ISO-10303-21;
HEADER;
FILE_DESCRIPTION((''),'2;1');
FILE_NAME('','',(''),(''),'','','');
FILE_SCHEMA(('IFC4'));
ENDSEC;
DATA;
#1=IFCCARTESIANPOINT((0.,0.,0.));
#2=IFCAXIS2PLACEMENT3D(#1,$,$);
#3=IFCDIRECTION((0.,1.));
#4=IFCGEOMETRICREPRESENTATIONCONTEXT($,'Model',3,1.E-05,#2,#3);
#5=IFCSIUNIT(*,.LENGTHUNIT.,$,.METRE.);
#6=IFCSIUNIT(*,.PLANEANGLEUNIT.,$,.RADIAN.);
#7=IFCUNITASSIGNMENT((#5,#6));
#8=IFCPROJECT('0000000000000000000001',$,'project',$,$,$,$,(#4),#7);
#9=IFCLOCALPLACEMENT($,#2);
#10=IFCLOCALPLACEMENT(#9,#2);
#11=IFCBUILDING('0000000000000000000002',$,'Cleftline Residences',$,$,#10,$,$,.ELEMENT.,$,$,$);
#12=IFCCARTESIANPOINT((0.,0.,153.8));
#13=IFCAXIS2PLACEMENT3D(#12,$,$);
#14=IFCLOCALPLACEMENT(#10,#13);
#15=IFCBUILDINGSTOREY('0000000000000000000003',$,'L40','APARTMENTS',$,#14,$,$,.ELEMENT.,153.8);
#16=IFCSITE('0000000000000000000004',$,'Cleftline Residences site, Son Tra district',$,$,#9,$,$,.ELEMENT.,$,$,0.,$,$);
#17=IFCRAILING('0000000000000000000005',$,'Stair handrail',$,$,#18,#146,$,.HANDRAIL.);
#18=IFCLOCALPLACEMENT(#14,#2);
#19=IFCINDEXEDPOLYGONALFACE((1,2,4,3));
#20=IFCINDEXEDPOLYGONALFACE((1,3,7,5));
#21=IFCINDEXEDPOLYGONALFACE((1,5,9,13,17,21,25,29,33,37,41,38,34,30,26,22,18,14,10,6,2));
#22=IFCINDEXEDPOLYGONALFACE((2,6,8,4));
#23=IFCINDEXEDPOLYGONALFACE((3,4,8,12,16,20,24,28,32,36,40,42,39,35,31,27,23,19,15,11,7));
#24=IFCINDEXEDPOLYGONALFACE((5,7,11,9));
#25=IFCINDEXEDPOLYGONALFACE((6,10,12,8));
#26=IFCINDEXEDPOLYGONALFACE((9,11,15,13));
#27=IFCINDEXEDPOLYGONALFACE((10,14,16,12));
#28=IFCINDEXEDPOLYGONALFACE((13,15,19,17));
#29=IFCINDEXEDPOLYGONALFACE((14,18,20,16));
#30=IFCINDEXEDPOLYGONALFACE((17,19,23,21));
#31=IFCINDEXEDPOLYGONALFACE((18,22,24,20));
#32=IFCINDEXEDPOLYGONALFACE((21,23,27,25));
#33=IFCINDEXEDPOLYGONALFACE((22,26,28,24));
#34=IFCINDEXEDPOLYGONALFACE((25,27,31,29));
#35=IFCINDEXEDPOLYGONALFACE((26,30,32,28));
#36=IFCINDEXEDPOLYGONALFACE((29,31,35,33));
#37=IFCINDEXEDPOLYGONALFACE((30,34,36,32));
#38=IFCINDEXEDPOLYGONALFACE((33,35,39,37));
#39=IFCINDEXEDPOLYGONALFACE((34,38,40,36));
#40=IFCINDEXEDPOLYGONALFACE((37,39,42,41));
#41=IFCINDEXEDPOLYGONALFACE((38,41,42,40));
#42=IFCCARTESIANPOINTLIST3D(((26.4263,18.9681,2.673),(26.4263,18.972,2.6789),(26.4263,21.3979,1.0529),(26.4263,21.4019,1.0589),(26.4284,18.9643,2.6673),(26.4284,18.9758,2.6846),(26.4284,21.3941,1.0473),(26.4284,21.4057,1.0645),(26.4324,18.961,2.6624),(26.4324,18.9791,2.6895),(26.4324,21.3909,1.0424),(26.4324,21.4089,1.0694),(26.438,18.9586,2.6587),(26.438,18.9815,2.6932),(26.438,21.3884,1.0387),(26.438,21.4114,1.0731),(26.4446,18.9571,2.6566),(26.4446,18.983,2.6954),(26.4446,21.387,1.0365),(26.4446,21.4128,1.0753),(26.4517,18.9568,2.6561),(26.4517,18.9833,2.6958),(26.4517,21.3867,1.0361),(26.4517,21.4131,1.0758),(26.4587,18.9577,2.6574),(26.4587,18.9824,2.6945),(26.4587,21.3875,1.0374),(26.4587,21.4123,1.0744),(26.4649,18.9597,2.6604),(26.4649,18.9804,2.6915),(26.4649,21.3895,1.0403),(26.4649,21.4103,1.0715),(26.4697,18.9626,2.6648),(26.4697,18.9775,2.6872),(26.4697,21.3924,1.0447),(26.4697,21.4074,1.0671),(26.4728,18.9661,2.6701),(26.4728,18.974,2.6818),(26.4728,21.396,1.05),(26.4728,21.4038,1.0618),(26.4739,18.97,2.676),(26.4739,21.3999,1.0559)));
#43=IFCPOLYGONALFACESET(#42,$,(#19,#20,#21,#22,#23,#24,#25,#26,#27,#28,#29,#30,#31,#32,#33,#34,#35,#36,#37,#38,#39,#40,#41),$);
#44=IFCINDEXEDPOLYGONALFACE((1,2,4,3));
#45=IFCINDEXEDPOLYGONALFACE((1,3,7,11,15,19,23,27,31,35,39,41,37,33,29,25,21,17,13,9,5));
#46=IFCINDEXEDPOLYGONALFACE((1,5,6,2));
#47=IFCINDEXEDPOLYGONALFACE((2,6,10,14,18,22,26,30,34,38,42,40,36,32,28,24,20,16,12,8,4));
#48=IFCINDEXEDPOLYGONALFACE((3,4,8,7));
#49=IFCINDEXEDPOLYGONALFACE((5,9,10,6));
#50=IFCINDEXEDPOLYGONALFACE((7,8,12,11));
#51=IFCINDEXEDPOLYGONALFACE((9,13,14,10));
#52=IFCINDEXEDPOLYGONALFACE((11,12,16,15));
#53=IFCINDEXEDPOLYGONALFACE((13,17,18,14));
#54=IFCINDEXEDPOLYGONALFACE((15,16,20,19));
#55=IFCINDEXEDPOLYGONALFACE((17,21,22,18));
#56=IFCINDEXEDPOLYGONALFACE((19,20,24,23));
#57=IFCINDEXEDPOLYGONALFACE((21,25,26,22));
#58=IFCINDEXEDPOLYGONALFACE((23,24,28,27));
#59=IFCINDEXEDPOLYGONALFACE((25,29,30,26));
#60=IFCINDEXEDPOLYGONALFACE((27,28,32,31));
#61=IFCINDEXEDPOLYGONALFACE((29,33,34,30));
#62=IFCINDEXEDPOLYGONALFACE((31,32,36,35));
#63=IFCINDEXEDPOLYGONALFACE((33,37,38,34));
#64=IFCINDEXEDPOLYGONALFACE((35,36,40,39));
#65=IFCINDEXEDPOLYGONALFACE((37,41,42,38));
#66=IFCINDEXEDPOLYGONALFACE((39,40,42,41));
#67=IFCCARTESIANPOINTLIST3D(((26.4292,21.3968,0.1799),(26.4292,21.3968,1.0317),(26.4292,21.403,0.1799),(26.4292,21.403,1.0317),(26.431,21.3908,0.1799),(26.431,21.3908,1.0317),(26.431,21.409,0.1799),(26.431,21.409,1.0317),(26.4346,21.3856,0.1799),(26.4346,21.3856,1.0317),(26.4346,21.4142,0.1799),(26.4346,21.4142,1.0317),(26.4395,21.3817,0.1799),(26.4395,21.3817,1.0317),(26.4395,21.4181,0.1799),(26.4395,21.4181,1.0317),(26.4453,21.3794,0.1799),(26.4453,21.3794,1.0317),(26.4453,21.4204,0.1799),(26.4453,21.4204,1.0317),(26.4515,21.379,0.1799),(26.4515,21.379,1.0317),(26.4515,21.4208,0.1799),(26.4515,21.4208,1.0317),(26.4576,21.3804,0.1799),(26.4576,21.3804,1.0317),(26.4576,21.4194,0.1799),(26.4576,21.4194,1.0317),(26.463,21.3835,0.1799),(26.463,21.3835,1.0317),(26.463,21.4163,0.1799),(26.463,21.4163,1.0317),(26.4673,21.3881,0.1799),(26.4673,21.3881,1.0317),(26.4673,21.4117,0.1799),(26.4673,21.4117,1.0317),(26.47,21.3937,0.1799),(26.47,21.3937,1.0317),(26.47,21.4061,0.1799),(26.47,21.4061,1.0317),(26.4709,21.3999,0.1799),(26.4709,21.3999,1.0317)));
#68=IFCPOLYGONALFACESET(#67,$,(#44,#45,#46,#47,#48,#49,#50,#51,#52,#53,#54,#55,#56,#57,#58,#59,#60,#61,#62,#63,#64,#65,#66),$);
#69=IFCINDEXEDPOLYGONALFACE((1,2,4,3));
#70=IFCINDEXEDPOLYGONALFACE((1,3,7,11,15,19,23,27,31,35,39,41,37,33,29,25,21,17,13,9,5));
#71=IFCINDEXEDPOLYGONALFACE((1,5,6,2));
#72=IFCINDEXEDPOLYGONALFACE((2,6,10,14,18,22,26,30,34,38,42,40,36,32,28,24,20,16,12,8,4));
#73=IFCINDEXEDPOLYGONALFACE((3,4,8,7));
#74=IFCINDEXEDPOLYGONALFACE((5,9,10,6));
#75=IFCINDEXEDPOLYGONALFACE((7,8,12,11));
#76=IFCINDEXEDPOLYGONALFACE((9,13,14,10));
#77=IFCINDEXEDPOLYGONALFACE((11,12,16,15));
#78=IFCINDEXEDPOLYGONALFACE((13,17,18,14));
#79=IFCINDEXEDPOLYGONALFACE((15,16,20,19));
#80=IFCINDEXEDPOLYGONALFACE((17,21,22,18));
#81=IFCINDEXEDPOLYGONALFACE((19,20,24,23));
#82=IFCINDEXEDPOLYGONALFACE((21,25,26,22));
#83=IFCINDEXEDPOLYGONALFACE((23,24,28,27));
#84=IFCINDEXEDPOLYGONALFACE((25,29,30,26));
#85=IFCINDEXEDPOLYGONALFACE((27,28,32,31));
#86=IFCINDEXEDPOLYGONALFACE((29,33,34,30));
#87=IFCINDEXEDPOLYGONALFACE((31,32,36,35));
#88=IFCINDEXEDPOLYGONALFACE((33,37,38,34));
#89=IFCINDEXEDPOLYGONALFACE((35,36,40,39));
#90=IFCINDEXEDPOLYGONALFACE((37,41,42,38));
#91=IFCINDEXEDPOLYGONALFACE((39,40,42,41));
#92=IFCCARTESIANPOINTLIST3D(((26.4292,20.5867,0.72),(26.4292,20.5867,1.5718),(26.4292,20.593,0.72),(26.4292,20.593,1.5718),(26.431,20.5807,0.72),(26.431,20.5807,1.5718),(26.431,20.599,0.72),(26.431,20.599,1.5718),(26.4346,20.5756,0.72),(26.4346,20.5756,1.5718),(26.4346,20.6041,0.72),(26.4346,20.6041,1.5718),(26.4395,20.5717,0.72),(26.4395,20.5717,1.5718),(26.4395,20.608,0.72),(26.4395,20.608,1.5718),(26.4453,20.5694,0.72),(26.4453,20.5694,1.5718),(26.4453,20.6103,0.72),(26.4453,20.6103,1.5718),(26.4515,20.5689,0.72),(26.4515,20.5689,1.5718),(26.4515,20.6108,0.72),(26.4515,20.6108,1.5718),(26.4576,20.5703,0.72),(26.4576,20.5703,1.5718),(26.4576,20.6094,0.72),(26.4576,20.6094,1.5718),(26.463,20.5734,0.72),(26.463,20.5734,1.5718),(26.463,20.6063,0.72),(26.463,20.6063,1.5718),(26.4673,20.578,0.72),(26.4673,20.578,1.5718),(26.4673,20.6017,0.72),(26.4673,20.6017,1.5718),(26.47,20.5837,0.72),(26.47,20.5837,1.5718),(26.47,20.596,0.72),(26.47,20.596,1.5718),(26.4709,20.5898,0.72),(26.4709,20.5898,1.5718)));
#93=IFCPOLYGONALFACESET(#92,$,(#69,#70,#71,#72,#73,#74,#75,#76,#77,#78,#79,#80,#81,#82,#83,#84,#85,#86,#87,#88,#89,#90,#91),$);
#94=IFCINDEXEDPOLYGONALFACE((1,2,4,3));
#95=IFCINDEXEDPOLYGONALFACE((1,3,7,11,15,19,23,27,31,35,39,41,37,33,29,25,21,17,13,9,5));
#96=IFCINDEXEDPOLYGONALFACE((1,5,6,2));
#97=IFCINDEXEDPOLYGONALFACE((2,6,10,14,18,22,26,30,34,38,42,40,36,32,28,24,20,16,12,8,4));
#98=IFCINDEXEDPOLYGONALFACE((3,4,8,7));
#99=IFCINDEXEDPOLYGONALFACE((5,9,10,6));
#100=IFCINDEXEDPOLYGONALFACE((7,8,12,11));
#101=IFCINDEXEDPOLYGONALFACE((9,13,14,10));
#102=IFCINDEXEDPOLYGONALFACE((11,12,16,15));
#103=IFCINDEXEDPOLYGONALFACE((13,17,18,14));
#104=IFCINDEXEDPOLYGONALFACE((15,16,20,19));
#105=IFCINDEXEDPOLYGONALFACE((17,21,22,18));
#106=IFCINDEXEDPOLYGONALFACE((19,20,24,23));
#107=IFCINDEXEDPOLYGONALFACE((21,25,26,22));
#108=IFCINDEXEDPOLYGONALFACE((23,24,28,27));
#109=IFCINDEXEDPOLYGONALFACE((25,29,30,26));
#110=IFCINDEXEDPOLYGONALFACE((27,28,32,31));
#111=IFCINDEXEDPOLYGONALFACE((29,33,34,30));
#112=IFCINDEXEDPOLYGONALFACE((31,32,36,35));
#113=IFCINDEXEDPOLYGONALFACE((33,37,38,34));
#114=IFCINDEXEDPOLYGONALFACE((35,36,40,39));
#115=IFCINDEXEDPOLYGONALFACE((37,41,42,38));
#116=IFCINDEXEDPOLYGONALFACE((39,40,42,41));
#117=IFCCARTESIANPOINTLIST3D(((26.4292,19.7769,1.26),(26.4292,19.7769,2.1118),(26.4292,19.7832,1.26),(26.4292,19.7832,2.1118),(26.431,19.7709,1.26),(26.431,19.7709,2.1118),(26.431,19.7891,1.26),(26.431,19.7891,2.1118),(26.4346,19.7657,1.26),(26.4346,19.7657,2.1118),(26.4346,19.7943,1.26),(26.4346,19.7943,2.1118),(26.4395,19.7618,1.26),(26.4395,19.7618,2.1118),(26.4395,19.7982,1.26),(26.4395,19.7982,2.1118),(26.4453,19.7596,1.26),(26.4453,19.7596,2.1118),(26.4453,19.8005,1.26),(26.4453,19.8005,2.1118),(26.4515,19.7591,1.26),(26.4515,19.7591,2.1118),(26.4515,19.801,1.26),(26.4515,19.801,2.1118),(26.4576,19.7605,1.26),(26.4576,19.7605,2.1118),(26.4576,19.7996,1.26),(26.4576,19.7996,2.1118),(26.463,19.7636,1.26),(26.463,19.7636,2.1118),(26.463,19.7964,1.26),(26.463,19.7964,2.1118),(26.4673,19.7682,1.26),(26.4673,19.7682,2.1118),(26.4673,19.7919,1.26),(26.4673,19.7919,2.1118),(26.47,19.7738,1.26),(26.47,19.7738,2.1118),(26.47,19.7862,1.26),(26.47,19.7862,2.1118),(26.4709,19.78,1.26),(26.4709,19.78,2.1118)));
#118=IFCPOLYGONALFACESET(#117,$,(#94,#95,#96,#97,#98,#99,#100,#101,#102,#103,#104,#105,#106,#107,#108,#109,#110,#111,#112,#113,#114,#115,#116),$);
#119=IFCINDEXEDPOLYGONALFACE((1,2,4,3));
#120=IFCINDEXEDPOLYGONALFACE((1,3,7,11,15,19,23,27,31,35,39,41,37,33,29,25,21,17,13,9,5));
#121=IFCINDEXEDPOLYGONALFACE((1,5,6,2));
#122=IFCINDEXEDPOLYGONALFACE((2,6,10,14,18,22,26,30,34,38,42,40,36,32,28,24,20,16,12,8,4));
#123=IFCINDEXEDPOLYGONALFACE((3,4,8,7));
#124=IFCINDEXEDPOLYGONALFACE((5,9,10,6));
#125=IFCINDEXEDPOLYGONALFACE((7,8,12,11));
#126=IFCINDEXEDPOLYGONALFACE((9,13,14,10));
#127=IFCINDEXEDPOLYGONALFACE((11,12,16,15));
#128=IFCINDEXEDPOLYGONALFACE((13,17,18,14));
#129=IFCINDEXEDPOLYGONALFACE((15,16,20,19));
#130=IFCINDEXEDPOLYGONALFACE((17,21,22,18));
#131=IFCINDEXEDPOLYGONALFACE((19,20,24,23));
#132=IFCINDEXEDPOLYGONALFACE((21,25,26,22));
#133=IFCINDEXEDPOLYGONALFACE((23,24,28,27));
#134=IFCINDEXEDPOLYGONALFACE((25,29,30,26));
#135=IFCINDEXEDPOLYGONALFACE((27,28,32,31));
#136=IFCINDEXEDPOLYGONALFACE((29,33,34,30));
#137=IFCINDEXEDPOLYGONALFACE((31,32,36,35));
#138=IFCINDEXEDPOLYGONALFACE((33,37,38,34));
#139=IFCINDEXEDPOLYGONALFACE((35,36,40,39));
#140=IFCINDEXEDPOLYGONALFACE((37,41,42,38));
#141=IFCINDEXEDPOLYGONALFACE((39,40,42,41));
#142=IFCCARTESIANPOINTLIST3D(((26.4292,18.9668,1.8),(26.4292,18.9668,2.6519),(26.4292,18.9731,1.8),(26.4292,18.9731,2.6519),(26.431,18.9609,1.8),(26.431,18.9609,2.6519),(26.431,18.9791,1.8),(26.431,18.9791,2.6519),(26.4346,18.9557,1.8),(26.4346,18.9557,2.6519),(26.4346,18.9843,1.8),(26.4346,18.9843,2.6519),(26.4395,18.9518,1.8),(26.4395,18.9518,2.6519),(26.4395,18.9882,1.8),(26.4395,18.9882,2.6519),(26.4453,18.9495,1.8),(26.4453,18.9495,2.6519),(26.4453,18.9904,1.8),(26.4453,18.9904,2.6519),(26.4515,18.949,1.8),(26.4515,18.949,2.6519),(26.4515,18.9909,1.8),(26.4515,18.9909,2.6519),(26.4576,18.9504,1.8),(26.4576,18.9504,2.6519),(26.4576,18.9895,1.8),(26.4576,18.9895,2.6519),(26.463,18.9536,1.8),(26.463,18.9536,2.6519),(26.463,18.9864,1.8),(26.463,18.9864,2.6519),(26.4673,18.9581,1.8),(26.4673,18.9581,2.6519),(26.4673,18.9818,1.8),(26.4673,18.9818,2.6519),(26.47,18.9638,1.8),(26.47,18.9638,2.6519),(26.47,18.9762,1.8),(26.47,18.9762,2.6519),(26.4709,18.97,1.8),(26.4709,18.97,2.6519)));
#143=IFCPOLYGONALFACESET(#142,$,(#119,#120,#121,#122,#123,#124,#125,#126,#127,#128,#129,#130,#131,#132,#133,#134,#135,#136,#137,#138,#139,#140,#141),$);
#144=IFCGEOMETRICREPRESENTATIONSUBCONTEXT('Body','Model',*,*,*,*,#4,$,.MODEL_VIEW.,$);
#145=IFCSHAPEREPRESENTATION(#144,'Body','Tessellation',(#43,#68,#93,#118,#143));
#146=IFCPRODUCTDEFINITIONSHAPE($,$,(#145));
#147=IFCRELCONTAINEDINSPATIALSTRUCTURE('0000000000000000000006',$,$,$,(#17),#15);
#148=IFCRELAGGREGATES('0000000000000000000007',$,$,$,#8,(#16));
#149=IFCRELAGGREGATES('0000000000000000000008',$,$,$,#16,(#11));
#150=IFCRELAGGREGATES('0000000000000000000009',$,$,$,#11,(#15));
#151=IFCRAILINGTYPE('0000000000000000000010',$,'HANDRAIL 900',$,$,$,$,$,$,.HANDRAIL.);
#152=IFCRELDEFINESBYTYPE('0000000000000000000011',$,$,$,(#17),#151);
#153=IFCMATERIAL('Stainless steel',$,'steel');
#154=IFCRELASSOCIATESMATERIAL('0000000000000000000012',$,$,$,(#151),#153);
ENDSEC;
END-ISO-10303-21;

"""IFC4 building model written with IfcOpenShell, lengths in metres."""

from ifc_helpers import new_model, si_unit, direction, frame, origin, origin_2d, place, context, subcontext, project, spatial, circle, extrude, material, type_object, element, save


model = new_model("IFC4")

# Units and contexts
model_context = context("Model", 3, precision=1e-05, world=origin(), true_north=direction((0.0, 1.0)))
body_context = subcontext(model_context, "Body", "Model", "MODEL_VIEW")
ifc_project = project(units=[si_unit("LENGTHUNIT", "METRE"), si_unit("PLANEANGLEUNIT", "RADIAN")], contexts=[model_context])

# Site, building, storey
site_placement = place(None, origin())
site = spatial("IfcSite", under=ifc_project, at=site_placement, Name="Cleftline Residences site, Son Tra district", CompositionType="ELEMENT", RefElevation=0.0)
building_placement = place(site_placement, origin())
building = spatial("IfcBuilding", under=site, at=building_placement, Name="Cleftline Residences", CompositionType="ELEMENT")
storey_placement = place(building_placement, frame((0.0, 0.0, 153.8)))
storey = spatial("IfcBuildingStorey", under=building, at=storey_placement, Name="L40", Description="APARTMENTS", CompositionType="ELEMENT", Elevation=153.8)

# Railing
ifc_material_1 = material(Name="Stainless steel", Category="steel")
railing_type = type_object("IfcRailingType", Name="HANDRAIL 900", PredefinedType="HANDRAIL", material=ifc_material_1)
railing_1_placement = place(storey_placement, frame((26.45, 21.3999, 0.1799)))
element("IfcRailing", 1, at=railing_1_placement, inside=storey, type_object=railing_type, Name="Stair handrail", PredefinedType="HANDRAIL", context=body_context, shape_type="SweptSolid", body=[
    extrude(circle(Radius=0.0239, at=origin_2d()), frame((0.0, 0.0, 0.876), z_axis=(0.0, -0.832025, 0.554739), x_axis=(1.0, 0.0, 0.0)), (0.0, 0.0, 1.0), 2.9204),
    extrude(circle(Radius=0.021, at=origin_2d()), origin(), (0.0, 0.0, 1.0), 0.8518),
    extrude(circle(Radius=0.021, at=origin_2d()), frame((0.0, -0.8101, 0.54)), (0.0, 0.0, 1.0), 0.8518),
    extrude(circle(Radius=0.021, at=origin_2d()), frame((0.0, -1.6199, 1.0801)), (0.0, 0.0, 1.0), 0.8518),
    extrude(circle(Radius=0.021, at=origin_2d()), frame((0.0, -2.4299, 1.6201)), (0.0, 0.0, 1.0), 0.8518),
])

save(model, "model.ifc")
